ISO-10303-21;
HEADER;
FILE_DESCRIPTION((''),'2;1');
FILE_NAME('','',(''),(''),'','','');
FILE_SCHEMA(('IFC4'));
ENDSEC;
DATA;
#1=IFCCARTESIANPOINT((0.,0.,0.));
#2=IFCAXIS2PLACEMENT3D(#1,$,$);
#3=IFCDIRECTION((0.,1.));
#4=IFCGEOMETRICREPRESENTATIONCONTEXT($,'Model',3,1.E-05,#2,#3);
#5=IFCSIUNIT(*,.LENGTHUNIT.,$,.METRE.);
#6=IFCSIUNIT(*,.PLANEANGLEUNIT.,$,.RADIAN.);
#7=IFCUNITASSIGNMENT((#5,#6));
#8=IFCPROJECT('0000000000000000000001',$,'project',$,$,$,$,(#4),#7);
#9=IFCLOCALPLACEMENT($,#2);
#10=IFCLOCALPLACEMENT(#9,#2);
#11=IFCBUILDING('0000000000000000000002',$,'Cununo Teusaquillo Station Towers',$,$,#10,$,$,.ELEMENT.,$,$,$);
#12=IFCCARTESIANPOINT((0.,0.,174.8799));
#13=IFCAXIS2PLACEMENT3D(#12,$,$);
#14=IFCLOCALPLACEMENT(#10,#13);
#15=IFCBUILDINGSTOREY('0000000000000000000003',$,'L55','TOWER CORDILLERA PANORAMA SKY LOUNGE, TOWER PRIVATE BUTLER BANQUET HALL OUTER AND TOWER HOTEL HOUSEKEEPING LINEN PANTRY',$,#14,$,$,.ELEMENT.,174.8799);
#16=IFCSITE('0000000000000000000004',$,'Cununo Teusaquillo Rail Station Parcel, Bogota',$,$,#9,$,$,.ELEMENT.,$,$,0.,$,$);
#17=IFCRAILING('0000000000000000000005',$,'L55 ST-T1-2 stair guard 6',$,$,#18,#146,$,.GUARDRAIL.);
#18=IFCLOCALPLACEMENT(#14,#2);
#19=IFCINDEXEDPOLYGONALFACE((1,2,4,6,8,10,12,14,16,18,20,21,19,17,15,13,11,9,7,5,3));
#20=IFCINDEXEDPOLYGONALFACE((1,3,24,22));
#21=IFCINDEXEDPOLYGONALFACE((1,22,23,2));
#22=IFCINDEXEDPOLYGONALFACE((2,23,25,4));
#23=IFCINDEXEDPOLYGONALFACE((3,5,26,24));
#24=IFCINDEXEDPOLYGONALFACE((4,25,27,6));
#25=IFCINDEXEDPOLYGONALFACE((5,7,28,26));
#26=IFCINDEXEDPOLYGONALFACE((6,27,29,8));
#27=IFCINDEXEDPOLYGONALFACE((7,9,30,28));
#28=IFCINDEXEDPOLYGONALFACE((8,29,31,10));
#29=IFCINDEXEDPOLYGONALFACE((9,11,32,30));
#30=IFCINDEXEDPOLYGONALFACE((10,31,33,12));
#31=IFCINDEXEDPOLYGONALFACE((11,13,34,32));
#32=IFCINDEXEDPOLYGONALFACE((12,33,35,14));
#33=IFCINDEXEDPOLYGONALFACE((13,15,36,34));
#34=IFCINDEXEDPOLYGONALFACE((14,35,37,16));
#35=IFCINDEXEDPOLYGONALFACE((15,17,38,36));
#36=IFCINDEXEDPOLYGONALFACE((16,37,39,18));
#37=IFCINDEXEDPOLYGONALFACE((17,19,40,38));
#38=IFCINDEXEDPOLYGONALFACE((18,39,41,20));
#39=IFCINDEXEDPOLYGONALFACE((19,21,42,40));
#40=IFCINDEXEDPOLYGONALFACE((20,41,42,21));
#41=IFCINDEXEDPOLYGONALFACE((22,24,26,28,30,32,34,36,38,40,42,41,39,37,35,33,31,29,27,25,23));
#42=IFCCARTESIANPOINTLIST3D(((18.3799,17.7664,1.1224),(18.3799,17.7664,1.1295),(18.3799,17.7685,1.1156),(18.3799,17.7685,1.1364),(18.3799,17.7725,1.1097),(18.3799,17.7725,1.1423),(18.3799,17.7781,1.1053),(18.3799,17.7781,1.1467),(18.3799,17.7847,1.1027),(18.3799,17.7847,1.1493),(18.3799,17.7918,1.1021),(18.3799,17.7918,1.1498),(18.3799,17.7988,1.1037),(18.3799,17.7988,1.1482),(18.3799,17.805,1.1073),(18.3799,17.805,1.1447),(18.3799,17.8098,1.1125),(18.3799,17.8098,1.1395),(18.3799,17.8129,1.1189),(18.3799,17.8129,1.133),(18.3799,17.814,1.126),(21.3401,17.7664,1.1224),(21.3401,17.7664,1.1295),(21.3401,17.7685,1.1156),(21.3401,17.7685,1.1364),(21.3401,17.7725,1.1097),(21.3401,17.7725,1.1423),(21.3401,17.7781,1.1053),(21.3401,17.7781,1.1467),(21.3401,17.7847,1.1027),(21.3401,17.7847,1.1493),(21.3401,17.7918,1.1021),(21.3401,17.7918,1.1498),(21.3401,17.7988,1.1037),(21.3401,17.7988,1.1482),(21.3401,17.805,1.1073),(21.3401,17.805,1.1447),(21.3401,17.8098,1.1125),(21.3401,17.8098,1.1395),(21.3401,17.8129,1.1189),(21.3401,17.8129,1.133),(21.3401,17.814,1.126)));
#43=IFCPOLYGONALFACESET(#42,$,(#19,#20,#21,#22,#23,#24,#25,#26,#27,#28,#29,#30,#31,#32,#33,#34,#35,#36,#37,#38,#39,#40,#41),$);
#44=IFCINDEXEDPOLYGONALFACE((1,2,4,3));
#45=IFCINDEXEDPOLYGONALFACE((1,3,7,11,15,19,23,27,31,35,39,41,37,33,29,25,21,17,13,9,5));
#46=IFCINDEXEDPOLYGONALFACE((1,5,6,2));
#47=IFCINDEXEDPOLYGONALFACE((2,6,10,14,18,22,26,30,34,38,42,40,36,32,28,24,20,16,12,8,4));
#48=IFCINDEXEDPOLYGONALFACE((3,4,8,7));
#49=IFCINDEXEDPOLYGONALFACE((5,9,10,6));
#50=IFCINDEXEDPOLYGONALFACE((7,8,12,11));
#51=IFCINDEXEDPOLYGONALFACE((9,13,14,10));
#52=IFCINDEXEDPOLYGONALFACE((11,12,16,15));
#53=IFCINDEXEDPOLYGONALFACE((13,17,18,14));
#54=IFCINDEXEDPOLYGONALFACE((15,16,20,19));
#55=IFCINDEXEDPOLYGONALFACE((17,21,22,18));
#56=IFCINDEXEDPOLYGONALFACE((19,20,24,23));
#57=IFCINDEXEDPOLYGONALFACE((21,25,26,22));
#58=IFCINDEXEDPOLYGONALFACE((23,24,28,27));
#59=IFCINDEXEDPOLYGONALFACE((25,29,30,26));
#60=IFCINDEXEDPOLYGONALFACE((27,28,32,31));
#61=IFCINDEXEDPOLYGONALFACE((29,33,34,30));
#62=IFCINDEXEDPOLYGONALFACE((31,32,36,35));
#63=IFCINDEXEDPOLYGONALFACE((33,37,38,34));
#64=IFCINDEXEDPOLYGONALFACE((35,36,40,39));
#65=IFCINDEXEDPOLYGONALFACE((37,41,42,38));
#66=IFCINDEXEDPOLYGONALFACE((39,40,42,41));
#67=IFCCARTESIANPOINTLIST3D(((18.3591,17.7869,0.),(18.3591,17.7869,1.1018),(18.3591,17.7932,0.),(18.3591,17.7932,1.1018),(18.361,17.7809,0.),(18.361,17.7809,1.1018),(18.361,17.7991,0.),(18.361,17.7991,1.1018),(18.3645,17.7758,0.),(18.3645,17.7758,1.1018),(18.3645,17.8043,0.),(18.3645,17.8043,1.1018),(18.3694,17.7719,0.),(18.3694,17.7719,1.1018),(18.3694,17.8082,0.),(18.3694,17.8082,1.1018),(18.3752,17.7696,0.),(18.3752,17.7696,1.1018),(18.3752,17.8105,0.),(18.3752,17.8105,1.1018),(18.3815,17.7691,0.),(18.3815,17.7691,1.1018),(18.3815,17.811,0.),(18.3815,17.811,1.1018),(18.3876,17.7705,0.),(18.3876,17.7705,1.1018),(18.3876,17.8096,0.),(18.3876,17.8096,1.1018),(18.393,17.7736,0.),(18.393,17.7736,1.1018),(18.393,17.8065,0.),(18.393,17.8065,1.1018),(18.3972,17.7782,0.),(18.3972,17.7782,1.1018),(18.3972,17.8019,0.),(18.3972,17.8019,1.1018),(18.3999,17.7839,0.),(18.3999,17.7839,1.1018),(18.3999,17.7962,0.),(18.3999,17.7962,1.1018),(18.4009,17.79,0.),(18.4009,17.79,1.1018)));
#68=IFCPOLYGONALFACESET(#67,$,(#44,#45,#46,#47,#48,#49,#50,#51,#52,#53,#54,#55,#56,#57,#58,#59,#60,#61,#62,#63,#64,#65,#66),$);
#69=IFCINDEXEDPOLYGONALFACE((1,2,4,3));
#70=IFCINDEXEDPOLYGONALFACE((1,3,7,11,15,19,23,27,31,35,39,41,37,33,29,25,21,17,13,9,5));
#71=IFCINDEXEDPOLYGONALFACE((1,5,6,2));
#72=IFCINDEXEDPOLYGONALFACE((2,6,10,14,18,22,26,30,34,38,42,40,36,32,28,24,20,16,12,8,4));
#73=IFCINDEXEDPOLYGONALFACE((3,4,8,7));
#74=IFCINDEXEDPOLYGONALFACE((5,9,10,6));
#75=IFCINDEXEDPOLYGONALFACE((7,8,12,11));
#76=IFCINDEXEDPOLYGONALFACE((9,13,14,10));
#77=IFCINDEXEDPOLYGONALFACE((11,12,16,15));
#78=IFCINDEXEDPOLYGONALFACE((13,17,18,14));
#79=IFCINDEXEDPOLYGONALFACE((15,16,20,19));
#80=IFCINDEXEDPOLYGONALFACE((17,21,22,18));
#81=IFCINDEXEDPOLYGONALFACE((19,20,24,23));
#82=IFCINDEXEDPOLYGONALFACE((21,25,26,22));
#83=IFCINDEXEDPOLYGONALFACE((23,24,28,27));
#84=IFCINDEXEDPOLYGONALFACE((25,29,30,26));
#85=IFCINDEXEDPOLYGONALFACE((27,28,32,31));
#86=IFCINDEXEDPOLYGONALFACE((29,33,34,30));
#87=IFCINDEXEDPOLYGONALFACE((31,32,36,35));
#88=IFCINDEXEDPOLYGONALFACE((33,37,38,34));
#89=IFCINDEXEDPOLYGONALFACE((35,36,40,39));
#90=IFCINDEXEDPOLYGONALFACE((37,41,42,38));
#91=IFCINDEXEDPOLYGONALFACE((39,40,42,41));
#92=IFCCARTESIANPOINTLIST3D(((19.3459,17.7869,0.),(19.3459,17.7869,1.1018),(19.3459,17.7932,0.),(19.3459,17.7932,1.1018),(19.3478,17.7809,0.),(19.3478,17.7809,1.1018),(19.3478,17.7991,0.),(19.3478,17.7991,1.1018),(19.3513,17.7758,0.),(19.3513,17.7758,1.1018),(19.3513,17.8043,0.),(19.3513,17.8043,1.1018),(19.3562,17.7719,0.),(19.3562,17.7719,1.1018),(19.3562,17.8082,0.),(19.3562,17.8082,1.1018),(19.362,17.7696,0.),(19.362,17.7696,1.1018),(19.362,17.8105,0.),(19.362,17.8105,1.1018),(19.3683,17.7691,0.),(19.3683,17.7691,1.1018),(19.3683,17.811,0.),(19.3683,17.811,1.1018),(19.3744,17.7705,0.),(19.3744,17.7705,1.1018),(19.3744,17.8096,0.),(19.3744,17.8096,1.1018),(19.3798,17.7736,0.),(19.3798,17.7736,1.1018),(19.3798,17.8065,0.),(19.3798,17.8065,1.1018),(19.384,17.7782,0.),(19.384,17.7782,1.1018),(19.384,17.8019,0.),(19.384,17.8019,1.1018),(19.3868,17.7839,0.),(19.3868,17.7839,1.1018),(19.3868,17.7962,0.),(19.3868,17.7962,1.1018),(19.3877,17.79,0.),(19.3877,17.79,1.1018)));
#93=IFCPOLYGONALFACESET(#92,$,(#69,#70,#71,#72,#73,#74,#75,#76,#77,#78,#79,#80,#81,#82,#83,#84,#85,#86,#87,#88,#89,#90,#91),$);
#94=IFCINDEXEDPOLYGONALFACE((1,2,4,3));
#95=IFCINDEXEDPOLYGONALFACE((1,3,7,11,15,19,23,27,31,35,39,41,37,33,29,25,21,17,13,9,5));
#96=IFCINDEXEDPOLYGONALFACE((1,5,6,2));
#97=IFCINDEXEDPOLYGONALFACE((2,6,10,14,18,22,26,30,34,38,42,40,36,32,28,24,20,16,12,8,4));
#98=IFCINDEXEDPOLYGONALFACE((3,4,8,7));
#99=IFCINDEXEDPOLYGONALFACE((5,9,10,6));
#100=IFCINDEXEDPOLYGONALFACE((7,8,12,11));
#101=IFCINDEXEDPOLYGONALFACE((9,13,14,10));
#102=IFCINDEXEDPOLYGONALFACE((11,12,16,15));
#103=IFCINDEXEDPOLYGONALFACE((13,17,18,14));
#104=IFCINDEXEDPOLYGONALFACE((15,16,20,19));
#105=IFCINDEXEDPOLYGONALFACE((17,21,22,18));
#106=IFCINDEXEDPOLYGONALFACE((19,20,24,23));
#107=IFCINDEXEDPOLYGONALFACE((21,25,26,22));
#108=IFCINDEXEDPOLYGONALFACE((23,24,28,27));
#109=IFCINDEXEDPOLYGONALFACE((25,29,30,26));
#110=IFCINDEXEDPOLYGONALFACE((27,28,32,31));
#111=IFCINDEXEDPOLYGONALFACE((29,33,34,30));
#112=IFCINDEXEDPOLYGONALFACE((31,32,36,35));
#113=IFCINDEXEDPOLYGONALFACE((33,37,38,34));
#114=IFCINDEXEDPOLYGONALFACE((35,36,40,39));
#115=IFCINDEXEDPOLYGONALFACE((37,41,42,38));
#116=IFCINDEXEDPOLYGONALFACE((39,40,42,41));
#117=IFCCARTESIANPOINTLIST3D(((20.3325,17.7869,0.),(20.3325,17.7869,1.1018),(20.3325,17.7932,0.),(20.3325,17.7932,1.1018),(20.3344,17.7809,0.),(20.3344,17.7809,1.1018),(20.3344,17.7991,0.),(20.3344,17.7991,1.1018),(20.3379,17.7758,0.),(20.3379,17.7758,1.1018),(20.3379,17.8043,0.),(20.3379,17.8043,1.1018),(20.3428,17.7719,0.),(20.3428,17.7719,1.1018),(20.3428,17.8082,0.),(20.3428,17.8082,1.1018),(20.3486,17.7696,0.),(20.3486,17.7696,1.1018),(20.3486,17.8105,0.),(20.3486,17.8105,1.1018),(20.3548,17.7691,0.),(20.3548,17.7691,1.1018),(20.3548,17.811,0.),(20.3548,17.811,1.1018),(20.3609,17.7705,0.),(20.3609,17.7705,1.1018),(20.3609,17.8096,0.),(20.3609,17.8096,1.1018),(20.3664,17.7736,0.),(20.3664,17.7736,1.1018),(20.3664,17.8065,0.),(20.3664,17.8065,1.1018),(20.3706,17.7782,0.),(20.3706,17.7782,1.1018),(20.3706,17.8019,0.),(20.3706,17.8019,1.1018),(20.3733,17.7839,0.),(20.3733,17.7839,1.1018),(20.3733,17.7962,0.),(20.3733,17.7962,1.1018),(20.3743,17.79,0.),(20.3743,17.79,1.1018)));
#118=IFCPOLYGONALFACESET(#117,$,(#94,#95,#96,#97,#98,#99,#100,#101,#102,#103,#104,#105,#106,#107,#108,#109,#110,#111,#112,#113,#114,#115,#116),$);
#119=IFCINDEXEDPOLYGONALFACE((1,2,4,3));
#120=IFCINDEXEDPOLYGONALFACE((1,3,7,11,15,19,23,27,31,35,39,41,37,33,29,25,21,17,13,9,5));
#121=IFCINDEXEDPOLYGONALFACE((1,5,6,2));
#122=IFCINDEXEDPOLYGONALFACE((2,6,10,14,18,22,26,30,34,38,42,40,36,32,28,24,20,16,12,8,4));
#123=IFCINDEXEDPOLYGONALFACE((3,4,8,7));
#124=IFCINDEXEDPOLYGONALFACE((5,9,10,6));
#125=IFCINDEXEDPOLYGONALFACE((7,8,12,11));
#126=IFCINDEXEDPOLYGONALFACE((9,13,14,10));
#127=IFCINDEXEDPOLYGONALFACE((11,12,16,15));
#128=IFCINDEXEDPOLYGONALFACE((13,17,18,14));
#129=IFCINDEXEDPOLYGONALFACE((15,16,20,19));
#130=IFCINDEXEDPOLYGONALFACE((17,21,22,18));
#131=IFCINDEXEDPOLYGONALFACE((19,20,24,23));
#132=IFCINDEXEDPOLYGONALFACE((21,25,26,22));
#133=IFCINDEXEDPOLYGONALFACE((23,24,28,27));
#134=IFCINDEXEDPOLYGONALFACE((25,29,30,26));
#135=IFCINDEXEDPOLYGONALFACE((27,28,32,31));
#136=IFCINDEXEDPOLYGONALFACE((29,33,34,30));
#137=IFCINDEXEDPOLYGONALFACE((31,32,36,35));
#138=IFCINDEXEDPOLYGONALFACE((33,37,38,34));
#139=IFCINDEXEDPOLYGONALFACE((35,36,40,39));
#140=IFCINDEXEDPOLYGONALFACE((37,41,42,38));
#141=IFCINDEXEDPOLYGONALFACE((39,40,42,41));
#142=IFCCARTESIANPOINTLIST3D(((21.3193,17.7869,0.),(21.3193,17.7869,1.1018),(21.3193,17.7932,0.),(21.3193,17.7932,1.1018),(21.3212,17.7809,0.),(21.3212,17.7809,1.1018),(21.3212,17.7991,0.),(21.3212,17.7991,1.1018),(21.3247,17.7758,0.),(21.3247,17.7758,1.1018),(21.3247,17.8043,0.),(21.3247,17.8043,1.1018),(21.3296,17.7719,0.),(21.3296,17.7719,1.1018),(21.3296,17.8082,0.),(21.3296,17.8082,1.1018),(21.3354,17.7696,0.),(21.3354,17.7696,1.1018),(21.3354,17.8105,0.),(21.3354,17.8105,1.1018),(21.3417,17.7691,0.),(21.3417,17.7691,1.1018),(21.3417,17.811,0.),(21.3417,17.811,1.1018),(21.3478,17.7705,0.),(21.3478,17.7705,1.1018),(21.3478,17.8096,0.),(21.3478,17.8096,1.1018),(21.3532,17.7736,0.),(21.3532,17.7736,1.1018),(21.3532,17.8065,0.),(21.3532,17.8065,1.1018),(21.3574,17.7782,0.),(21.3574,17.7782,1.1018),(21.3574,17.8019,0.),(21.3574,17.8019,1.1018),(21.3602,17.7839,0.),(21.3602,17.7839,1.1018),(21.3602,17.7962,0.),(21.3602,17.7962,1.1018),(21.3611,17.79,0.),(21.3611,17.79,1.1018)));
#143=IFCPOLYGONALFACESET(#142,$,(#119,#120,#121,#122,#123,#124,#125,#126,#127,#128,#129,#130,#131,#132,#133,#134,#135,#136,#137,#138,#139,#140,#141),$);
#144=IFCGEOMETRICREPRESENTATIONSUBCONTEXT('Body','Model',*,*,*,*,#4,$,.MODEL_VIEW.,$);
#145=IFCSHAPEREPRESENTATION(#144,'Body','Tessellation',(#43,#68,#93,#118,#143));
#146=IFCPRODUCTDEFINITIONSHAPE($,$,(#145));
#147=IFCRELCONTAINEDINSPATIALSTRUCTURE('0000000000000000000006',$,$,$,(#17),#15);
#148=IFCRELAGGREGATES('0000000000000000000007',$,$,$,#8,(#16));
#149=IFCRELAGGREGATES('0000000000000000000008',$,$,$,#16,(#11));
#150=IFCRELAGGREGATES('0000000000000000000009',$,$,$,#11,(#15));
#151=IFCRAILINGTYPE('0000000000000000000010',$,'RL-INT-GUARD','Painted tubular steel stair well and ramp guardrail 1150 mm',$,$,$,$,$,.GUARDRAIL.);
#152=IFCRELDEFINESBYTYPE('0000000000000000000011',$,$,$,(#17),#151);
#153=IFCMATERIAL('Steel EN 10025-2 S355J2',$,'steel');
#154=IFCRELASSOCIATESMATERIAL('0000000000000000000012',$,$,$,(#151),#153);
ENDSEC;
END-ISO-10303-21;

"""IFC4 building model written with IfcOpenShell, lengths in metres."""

from ifc_helpers import new_model, si_unit, direction, frame, origin, origin_2d, place, context, subcontext, project, spatial, circle, extrude, material, type_object, element, save


model = new_model("IFC4")

# Units and contexts
model_context = context("Model", 3, precision=1e-05, world=origin(), true_north=direction((0.0, 1.0)))
body_context = subcontext(model_context, "Body", "Model", "MODEL_VIEW")
ifc_project = project(units=[si_unit("LENGTHUNIT", "METRE"), si_unit("PLANEANGLEUNIT", "RADIAN")], contexts=[model_context])

# Site, building, storey
site_placement = place(None, origin())
site = spatial("IfcSite", under=ifc_project, at=site_placement, Name="Cununo Teusaquillo Rail Station Parcel, Bogota", CompositionType="ELEMENT", RefElevation=0.0)
building_placement = place(site_placement, origin())
building = spatial("IfcBuilding", under=site, at=building_placement, Name="Cununo Teusaquillo Station Towers", CompositionType="ELEMENT")
storey_placement = place(building_placement, frame((0.0, 0.0, 174.8799)))
storey = spatial("IfcBuildingStorey", under=building, at=storey_placement, Name="L55", Description="TOWER CORDILLERA PANORAMA SKY LOUNGE, TOWER PRIVATE BUTLER BANQUET HALL OUTER AND TOWER HOTEL HOUSEKEEPING LINEN PANTRY", CompositionType="ELEMENT", Elevation=174.8799)

# Railing
ifc_material_1 = material(Name="Steel EN 10025-2 S355J2", Category="steel")
railing_type_1 = type_object("IfcRailingType", Name="RL-INT-GUARD", Description="Painted tubular steel stair well and ramp guardrail 1150 mm", PredefinedType="GUARDRAIL", material=ifc_material_1)
railing_1_placement = place(storey_placement, frame((18.3799, 17.79, 0.0)))
element("IfcRailing", 1, at=railing_1_placement, inside=storey, type_object=railing_type_1, Name="L55 ST-T1-2 stair guard 6", PredefinedType="GUARDRAIL", context=body_context, shape_type="SweptSolid", body=[
    extrude(circle(Radius=0.0239, at=origin_2d()), frame((0.0, 0.0, 1.126), z_axis=(1.0, 0.0, 0.0), x_axis=(0.0, 1.0, 0.0)), (0.0, 0.0, 1.0), 2.9602),
    extrude(circle(Radius=0.021, at=origin_2d()), origin(), (0.0, 0.0, 1.0), 1.1018),
    extrude(circle(Radius=0.021, at=origin_2d()), frame((0.9868, 0.0, 0.0)), (0.0, 0.0, 1.0), 1.1018),
    extrude(circle(Radius=0.021, at=origin_2d()), frame((1.9734, 0.0, 0.0)), (0.0, 0.0, 1.0), 1.1018),
    extrude(circle(Radius=0.021, at=origin_2d()), frame((2.9602, 0.0, 0.0)), (0.0, 0.0, 1.0), 1.1018),
])

save(model, "model.ifc")
